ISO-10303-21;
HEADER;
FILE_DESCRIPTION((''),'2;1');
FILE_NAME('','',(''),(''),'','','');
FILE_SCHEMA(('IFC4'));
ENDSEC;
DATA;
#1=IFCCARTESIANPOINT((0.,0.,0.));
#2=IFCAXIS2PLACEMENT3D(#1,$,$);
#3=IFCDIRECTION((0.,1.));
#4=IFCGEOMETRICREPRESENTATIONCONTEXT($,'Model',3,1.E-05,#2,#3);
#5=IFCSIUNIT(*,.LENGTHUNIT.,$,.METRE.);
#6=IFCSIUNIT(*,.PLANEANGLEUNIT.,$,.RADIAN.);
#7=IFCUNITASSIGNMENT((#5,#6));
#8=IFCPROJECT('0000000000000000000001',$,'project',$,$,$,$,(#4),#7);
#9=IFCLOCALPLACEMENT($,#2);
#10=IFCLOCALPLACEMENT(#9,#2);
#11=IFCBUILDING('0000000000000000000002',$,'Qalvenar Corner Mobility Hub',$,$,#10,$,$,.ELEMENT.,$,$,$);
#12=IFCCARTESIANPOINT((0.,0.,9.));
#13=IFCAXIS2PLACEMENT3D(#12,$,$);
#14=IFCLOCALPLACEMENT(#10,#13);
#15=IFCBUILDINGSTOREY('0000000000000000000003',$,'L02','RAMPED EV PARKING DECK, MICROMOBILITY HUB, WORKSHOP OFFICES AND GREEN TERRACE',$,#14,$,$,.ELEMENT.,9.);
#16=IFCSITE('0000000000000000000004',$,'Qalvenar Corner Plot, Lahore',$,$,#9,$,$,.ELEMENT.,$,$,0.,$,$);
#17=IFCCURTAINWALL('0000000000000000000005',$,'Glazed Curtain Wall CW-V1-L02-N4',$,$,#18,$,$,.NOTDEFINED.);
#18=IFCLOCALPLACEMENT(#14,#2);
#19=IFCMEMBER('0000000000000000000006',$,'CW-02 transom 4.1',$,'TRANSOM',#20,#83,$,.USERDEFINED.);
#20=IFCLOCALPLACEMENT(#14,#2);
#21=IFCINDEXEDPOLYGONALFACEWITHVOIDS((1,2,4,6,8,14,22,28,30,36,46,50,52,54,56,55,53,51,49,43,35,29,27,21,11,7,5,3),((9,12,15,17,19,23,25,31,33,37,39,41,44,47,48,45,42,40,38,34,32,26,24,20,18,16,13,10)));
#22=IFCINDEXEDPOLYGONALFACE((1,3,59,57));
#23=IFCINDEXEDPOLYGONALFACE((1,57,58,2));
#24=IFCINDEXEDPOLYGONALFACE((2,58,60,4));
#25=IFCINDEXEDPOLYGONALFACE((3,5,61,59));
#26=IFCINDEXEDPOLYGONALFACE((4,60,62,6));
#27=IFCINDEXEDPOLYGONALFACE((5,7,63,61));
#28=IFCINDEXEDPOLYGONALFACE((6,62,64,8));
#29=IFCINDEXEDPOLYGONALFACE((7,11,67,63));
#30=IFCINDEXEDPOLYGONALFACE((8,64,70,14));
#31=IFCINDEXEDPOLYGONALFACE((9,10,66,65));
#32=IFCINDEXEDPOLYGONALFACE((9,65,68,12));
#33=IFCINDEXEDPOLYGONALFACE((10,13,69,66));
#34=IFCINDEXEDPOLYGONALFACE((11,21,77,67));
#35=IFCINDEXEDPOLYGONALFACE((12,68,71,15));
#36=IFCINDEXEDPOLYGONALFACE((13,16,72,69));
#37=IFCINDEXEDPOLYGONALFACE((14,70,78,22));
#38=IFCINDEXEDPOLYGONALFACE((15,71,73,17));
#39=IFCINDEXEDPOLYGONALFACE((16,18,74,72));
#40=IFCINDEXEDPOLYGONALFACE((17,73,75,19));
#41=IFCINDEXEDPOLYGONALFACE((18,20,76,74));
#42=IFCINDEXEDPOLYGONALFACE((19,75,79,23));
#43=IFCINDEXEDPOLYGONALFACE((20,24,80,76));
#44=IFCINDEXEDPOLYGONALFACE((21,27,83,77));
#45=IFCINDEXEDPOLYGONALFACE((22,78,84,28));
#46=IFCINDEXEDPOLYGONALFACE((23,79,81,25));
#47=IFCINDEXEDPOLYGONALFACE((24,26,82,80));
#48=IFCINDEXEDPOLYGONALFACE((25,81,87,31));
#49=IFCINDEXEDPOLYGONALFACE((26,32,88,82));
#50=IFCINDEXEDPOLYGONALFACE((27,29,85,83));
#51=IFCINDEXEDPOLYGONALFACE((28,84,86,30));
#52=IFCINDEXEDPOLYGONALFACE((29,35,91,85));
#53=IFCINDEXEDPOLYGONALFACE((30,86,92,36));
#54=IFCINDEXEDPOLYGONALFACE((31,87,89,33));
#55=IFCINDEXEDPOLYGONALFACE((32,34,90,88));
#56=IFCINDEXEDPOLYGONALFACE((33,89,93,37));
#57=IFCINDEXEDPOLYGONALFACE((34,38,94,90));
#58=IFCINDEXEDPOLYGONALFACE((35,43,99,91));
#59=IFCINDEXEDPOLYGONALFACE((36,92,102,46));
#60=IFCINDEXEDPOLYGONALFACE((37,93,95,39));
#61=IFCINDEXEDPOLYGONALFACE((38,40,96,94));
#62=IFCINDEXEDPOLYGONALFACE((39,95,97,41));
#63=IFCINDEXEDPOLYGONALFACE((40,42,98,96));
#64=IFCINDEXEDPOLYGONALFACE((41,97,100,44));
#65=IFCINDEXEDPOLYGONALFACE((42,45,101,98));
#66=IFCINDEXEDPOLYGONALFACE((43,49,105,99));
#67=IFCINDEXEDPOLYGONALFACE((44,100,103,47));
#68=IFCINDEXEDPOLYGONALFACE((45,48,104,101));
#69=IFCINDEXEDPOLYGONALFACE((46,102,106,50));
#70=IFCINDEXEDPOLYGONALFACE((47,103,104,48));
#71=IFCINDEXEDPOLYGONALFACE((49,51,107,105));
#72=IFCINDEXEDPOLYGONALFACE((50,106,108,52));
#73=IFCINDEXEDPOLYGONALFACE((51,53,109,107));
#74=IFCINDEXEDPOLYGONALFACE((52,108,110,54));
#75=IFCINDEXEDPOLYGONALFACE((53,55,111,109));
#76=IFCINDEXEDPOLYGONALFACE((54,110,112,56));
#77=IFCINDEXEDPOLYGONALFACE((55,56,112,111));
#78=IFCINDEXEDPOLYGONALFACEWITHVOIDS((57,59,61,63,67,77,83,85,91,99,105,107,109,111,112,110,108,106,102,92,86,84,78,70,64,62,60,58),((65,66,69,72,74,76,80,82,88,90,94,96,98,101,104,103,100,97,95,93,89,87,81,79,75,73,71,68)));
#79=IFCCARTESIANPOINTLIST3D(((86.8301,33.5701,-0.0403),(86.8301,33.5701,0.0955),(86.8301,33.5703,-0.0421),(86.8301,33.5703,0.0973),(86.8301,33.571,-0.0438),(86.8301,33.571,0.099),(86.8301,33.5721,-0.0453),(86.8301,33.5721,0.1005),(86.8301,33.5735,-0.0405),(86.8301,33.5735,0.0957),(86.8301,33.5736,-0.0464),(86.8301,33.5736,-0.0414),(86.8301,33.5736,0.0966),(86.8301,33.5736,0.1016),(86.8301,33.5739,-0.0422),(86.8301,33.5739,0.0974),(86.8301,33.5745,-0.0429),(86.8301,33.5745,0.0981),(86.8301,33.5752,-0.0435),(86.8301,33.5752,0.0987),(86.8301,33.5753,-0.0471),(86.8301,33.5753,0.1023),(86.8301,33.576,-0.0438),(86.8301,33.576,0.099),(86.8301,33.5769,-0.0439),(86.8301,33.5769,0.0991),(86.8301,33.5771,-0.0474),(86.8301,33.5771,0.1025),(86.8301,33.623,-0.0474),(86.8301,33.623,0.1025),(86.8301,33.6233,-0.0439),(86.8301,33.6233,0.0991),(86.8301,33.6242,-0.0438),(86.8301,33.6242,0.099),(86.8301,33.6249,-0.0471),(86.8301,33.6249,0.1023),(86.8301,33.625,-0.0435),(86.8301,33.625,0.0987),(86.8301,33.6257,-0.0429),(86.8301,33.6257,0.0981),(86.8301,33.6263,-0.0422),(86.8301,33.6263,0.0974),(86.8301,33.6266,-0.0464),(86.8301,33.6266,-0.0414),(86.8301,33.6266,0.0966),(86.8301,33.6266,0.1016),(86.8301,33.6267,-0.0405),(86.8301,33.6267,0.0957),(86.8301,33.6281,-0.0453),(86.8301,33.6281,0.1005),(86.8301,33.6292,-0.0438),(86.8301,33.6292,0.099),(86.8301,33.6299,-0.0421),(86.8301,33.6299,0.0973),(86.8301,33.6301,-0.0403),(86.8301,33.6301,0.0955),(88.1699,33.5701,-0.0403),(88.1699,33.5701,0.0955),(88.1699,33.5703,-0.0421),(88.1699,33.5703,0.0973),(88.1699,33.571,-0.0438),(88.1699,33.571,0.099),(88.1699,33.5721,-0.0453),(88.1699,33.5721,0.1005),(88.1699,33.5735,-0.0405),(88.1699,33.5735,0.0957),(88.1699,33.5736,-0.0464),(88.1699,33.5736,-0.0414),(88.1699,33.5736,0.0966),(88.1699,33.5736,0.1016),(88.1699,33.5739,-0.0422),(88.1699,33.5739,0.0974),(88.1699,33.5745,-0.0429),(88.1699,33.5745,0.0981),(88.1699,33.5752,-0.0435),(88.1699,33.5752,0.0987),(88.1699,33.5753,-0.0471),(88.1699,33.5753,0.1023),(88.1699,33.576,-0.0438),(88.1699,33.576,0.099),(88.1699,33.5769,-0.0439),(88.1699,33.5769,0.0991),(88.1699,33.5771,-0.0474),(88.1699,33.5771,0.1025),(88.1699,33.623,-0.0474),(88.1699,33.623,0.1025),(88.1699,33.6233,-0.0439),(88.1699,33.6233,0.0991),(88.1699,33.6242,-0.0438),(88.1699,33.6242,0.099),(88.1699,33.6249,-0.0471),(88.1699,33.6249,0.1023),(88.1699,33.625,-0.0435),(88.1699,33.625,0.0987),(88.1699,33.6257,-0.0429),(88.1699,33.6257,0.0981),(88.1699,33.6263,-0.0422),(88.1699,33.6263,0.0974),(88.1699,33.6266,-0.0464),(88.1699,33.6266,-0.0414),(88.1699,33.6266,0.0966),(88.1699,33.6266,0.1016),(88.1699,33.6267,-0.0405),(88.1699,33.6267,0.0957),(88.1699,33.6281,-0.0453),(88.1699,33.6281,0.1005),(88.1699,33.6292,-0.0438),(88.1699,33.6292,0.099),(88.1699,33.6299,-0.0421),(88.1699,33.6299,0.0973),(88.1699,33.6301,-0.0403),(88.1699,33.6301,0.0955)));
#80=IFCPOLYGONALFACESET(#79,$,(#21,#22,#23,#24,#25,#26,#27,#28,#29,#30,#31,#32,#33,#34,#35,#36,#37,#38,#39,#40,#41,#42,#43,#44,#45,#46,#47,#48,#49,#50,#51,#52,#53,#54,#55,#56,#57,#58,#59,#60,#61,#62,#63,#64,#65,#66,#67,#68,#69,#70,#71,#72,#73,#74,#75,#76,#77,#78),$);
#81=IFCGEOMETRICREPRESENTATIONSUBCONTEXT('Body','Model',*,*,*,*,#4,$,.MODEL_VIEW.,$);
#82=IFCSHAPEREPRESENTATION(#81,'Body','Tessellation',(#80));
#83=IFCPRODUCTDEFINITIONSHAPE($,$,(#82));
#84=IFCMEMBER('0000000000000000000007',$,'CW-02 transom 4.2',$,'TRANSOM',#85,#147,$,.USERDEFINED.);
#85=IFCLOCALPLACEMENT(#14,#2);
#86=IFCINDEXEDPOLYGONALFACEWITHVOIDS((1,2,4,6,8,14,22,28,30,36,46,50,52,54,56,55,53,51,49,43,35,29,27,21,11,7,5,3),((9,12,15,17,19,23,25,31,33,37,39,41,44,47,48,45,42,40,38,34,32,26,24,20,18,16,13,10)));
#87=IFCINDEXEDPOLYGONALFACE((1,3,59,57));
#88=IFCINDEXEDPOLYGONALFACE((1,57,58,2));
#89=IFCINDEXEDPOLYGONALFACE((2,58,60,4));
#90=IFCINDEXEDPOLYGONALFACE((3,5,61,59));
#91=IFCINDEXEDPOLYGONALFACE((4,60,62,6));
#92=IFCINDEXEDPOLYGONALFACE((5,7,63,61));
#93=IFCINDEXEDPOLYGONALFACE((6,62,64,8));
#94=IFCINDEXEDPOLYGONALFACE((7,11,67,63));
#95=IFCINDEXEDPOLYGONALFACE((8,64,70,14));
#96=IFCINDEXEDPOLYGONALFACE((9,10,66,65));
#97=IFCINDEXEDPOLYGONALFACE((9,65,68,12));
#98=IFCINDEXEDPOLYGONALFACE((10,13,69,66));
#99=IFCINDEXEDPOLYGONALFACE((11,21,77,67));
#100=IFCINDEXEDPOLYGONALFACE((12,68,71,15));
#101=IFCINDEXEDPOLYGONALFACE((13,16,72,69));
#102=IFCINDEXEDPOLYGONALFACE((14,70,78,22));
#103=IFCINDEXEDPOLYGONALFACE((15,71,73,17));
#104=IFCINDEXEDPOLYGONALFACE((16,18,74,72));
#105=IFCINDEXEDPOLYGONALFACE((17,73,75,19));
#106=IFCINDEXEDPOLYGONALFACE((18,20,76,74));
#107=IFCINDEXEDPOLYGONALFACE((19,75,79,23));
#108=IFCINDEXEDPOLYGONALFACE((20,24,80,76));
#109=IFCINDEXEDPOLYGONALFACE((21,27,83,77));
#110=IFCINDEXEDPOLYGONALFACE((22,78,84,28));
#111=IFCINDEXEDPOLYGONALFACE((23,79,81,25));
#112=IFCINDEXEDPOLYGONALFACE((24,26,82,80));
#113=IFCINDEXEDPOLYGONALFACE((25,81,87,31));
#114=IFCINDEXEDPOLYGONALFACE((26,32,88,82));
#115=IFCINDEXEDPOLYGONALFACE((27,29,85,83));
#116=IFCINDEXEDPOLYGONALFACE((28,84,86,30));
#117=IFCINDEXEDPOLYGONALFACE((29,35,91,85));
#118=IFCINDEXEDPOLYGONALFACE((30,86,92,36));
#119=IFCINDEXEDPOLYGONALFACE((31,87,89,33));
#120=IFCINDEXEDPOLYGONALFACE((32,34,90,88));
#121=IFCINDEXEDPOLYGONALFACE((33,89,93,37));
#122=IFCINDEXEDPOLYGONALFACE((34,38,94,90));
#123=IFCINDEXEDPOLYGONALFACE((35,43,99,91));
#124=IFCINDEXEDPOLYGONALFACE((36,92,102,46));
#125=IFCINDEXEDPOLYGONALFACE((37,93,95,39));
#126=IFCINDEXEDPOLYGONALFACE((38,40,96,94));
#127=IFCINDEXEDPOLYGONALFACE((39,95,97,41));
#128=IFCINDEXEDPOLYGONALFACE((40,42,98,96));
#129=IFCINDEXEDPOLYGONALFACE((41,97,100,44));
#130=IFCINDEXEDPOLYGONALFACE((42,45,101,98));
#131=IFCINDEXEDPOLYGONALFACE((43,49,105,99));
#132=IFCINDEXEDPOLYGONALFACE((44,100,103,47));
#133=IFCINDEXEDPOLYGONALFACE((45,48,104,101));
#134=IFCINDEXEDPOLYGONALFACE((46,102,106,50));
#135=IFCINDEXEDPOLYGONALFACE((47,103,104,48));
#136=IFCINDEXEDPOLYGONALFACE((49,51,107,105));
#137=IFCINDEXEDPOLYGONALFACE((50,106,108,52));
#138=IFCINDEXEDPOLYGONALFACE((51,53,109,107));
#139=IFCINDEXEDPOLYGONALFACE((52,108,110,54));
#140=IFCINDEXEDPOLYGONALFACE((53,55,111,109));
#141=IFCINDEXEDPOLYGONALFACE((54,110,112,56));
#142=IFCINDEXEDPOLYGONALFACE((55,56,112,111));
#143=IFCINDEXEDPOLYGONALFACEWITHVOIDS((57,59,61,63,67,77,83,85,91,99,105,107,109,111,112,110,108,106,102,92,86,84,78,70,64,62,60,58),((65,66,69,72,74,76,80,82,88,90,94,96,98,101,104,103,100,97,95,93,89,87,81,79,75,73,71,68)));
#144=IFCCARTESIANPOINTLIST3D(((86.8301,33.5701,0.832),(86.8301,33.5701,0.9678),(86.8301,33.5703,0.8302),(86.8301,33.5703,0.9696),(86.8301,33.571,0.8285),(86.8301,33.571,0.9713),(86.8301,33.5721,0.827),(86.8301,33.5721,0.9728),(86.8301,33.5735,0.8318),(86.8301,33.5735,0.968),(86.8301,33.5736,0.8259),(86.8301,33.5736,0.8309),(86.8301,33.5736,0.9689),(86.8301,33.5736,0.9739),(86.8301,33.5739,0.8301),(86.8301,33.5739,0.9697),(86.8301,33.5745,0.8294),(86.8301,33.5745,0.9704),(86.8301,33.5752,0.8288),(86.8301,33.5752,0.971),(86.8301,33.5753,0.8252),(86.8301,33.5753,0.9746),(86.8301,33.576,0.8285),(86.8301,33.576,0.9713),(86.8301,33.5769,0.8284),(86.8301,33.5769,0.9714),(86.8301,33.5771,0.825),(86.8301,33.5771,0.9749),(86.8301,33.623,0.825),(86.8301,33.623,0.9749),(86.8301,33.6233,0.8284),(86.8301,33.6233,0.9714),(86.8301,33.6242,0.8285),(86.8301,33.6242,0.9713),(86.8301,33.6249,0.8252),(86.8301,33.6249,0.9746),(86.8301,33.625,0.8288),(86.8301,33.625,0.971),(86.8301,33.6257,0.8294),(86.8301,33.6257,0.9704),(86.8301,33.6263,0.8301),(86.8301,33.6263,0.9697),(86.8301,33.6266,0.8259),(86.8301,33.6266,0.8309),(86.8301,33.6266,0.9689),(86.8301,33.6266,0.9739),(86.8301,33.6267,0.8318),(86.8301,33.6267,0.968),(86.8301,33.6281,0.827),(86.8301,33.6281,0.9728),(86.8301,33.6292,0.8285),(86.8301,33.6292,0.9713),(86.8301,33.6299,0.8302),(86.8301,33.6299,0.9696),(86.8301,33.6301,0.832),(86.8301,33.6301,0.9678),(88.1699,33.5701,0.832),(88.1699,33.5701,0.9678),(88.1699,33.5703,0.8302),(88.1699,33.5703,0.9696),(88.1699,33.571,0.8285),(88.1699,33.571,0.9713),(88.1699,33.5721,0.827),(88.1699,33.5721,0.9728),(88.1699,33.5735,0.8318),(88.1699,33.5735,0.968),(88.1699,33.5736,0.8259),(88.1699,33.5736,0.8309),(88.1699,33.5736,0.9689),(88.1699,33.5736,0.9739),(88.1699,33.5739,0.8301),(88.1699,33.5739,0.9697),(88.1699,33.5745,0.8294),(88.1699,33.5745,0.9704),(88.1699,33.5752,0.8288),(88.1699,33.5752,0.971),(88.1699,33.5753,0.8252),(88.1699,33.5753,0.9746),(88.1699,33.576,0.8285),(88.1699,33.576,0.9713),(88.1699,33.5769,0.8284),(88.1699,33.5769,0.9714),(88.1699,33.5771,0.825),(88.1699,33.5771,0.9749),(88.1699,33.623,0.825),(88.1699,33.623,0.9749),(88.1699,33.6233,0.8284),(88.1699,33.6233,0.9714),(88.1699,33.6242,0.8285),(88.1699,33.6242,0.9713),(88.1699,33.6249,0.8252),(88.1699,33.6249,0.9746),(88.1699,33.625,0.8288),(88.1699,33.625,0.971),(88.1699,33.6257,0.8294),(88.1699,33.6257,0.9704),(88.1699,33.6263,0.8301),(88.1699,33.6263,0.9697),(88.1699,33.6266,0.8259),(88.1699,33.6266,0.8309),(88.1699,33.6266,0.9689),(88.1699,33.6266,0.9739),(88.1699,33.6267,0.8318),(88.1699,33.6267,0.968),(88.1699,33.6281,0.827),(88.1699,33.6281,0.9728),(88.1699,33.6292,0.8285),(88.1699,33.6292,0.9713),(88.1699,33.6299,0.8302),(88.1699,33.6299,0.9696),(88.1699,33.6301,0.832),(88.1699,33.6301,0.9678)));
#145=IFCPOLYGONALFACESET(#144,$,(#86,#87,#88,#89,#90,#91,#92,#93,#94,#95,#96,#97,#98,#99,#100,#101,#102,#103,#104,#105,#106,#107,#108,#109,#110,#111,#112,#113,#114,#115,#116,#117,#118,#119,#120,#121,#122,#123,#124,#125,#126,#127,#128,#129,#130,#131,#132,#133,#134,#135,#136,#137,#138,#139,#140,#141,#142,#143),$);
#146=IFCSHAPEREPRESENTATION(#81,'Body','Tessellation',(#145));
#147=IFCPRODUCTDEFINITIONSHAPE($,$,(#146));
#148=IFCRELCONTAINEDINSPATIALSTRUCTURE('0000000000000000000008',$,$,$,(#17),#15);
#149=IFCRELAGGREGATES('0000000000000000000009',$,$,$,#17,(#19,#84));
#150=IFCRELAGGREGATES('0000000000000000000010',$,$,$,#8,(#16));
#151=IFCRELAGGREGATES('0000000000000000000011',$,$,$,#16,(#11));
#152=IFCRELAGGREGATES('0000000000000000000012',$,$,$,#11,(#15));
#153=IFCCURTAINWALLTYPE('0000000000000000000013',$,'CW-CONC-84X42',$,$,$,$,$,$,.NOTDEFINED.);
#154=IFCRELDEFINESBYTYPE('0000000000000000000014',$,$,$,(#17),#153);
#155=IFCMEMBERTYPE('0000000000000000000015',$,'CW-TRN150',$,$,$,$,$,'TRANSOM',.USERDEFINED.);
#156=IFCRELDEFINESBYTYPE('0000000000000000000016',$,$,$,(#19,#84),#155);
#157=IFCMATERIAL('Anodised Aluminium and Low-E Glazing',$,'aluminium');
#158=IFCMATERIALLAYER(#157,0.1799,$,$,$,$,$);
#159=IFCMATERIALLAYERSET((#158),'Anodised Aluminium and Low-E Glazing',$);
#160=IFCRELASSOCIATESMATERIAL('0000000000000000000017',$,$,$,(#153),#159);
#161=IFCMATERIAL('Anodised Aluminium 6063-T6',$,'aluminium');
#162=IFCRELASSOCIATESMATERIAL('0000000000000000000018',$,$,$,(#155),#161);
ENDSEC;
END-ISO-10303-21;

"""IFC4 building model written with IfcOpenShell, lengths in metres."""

from ifc_helpers import new_model, si_unit, direction, frame, origin, origin_2d, place, context, subcontext, project, spatial, hollow_rectangle, extrude, material, layer, layer_set, material_profile, profile_set, type_object, element, aggregate, save


model = new_model("IFC4")

# Units and contexts
model_context = context("Model", 3, precision=1e-05, world=origin(), true_north=direction((0.0, 1.0)))
body_context = subcontext(model_context, "Body", "Model", "MODEL_VIEW")
ifc_project = project(units=[si_unit("LENGTHUNIT", "METRE"), si_unit("PLANEANGLEUNIT", "RADIAN")], contexts=[model_context])

# Site, building, storey
site_placement = place(None, origin())
site = spatial("IfcSite", under=ifc_project, at=site_placement, Name="Qalvenar Corner Plot, Lahore", CompositionType="ELEMENT", RefElevation=0.0)
building_placement = place(site_placement, origin())
building = spatial("IfcBuilding", under=site, at=building_placement, Name="Qalvenar Corner Mobility Hub", CompositionType="ELEMENT")
storey_placement = place(building_placement, frame((0.0, 0.0, 9.0)))
storey = spatial("IfcBuildingStorey", under=building, at=storey_placement, Name="L02", Description="RAMPED EV PARKING DECK, MICROMOBILITY HUB, WORKSHOP OFFICES AND GREEN TERRACE", CompositionType="ELEMENT", Elevation=9.0)

# Curtain wall, members
ifc_material_1 = material(Name="Anodised Aluminium and Low-E Glazing", Category="aluminium")
ifc_layer_1 = layer(ifc_material_1, 0.1799)
ifc_layer_set_1 = layer_set([ifc_layer_1], Name="Anodised Aluminium and Low-E Glazing")
curtain_wall_type = type_object("IfcCurtainWallType", Name="CW-CONC-84X42", PredefinedType="NOTDEFINED", material=ifc_layer_set_1)
curtain_wall_placement = place(storey_placement, origin())
curtain_wall = element("IfcCurtainWall", 1, at=curtain_wall_placement, inside=storey, type_object=curtain_wall_type, Name="Glazed Curtain Wall CW-V1-L02-N4", PredefinedType="NOTDEFINED")
ifc_material_2 = material(Name="Anodised Aluminium 6063-T6", Category="aluminium")
ifc_material_profile_1 = material_profile(ifc_material_2, hollow_rectangle(XDim=0.0601, YDim=0.1499, WallThickness=0.0034, InnerFilletRadius=0.0034, OuterFilletRadius=0.0071, at=origin_2d()), Name="RHS150x60x3.5")
ifc_profile_set_1 = profile_set([ifc_material_profile_1], Name="Anodised Aluminium 6063-T6")
member_type_1 = type_object("IfcMemberType", Name="CW-TRN150", ElementType="TRANSOM", PredefinedType="USERDEFINED", material=ifc_profile_set_1)
member_1_placement = place(storey_placement, frame((88.1699, 33.6001, 0.0276), z_axis=(-1.0, 0.0, 0.0), x_axis=(0.0, -1.0, 0.0)))
member_1 = element("IfcMember", 2, at=member_1_placement, type_object=member_type_1, Name="CW-02 transom 4.1", ObjectType="TRANSOM", PredefinedType="USERDEFINED", context=body_context, shape_type="SweptSolid", body=[
    extrude(hollow_rectangle(XDim=0.0601, YDim=0.1499, WallThickness=0.0034, InnerFilletRadius=0.0034, OuterFilletRadius=0.0071, at=origin_2d()), origin(), (0.0, 0.0, 1.0), 1.3398),
])
member_2_placement = place(storey_placement, frame((88.1699, 33.6001, 0.8999), z_axis=(-1.0, 0.0, 0.0), x_axis=(0.0, -1.0, 0.0)))
member_2 = element("IfcMember", 3, at=member_2_placement, type_object=member_type_1, Name="CW-02 transom 4.2", ObjectType="TRANSOM", PredefinedType="USERDEFINED", context=body_context, shape_type="SweptSolid", body=[
    extrude(hollow_rectangle(XDim=0.0601, YDim=0.1499, WallThickness=0.0034, InnerFilletRadius=0.0034, OuterFilletRadius=0.0071, at=origin_2d()), origin(), (0.0, 0.0, 1.0), 1.3398),
])
aggregate(curtain_wall, [member_1, member_2])

save(model, "model.ifc")
